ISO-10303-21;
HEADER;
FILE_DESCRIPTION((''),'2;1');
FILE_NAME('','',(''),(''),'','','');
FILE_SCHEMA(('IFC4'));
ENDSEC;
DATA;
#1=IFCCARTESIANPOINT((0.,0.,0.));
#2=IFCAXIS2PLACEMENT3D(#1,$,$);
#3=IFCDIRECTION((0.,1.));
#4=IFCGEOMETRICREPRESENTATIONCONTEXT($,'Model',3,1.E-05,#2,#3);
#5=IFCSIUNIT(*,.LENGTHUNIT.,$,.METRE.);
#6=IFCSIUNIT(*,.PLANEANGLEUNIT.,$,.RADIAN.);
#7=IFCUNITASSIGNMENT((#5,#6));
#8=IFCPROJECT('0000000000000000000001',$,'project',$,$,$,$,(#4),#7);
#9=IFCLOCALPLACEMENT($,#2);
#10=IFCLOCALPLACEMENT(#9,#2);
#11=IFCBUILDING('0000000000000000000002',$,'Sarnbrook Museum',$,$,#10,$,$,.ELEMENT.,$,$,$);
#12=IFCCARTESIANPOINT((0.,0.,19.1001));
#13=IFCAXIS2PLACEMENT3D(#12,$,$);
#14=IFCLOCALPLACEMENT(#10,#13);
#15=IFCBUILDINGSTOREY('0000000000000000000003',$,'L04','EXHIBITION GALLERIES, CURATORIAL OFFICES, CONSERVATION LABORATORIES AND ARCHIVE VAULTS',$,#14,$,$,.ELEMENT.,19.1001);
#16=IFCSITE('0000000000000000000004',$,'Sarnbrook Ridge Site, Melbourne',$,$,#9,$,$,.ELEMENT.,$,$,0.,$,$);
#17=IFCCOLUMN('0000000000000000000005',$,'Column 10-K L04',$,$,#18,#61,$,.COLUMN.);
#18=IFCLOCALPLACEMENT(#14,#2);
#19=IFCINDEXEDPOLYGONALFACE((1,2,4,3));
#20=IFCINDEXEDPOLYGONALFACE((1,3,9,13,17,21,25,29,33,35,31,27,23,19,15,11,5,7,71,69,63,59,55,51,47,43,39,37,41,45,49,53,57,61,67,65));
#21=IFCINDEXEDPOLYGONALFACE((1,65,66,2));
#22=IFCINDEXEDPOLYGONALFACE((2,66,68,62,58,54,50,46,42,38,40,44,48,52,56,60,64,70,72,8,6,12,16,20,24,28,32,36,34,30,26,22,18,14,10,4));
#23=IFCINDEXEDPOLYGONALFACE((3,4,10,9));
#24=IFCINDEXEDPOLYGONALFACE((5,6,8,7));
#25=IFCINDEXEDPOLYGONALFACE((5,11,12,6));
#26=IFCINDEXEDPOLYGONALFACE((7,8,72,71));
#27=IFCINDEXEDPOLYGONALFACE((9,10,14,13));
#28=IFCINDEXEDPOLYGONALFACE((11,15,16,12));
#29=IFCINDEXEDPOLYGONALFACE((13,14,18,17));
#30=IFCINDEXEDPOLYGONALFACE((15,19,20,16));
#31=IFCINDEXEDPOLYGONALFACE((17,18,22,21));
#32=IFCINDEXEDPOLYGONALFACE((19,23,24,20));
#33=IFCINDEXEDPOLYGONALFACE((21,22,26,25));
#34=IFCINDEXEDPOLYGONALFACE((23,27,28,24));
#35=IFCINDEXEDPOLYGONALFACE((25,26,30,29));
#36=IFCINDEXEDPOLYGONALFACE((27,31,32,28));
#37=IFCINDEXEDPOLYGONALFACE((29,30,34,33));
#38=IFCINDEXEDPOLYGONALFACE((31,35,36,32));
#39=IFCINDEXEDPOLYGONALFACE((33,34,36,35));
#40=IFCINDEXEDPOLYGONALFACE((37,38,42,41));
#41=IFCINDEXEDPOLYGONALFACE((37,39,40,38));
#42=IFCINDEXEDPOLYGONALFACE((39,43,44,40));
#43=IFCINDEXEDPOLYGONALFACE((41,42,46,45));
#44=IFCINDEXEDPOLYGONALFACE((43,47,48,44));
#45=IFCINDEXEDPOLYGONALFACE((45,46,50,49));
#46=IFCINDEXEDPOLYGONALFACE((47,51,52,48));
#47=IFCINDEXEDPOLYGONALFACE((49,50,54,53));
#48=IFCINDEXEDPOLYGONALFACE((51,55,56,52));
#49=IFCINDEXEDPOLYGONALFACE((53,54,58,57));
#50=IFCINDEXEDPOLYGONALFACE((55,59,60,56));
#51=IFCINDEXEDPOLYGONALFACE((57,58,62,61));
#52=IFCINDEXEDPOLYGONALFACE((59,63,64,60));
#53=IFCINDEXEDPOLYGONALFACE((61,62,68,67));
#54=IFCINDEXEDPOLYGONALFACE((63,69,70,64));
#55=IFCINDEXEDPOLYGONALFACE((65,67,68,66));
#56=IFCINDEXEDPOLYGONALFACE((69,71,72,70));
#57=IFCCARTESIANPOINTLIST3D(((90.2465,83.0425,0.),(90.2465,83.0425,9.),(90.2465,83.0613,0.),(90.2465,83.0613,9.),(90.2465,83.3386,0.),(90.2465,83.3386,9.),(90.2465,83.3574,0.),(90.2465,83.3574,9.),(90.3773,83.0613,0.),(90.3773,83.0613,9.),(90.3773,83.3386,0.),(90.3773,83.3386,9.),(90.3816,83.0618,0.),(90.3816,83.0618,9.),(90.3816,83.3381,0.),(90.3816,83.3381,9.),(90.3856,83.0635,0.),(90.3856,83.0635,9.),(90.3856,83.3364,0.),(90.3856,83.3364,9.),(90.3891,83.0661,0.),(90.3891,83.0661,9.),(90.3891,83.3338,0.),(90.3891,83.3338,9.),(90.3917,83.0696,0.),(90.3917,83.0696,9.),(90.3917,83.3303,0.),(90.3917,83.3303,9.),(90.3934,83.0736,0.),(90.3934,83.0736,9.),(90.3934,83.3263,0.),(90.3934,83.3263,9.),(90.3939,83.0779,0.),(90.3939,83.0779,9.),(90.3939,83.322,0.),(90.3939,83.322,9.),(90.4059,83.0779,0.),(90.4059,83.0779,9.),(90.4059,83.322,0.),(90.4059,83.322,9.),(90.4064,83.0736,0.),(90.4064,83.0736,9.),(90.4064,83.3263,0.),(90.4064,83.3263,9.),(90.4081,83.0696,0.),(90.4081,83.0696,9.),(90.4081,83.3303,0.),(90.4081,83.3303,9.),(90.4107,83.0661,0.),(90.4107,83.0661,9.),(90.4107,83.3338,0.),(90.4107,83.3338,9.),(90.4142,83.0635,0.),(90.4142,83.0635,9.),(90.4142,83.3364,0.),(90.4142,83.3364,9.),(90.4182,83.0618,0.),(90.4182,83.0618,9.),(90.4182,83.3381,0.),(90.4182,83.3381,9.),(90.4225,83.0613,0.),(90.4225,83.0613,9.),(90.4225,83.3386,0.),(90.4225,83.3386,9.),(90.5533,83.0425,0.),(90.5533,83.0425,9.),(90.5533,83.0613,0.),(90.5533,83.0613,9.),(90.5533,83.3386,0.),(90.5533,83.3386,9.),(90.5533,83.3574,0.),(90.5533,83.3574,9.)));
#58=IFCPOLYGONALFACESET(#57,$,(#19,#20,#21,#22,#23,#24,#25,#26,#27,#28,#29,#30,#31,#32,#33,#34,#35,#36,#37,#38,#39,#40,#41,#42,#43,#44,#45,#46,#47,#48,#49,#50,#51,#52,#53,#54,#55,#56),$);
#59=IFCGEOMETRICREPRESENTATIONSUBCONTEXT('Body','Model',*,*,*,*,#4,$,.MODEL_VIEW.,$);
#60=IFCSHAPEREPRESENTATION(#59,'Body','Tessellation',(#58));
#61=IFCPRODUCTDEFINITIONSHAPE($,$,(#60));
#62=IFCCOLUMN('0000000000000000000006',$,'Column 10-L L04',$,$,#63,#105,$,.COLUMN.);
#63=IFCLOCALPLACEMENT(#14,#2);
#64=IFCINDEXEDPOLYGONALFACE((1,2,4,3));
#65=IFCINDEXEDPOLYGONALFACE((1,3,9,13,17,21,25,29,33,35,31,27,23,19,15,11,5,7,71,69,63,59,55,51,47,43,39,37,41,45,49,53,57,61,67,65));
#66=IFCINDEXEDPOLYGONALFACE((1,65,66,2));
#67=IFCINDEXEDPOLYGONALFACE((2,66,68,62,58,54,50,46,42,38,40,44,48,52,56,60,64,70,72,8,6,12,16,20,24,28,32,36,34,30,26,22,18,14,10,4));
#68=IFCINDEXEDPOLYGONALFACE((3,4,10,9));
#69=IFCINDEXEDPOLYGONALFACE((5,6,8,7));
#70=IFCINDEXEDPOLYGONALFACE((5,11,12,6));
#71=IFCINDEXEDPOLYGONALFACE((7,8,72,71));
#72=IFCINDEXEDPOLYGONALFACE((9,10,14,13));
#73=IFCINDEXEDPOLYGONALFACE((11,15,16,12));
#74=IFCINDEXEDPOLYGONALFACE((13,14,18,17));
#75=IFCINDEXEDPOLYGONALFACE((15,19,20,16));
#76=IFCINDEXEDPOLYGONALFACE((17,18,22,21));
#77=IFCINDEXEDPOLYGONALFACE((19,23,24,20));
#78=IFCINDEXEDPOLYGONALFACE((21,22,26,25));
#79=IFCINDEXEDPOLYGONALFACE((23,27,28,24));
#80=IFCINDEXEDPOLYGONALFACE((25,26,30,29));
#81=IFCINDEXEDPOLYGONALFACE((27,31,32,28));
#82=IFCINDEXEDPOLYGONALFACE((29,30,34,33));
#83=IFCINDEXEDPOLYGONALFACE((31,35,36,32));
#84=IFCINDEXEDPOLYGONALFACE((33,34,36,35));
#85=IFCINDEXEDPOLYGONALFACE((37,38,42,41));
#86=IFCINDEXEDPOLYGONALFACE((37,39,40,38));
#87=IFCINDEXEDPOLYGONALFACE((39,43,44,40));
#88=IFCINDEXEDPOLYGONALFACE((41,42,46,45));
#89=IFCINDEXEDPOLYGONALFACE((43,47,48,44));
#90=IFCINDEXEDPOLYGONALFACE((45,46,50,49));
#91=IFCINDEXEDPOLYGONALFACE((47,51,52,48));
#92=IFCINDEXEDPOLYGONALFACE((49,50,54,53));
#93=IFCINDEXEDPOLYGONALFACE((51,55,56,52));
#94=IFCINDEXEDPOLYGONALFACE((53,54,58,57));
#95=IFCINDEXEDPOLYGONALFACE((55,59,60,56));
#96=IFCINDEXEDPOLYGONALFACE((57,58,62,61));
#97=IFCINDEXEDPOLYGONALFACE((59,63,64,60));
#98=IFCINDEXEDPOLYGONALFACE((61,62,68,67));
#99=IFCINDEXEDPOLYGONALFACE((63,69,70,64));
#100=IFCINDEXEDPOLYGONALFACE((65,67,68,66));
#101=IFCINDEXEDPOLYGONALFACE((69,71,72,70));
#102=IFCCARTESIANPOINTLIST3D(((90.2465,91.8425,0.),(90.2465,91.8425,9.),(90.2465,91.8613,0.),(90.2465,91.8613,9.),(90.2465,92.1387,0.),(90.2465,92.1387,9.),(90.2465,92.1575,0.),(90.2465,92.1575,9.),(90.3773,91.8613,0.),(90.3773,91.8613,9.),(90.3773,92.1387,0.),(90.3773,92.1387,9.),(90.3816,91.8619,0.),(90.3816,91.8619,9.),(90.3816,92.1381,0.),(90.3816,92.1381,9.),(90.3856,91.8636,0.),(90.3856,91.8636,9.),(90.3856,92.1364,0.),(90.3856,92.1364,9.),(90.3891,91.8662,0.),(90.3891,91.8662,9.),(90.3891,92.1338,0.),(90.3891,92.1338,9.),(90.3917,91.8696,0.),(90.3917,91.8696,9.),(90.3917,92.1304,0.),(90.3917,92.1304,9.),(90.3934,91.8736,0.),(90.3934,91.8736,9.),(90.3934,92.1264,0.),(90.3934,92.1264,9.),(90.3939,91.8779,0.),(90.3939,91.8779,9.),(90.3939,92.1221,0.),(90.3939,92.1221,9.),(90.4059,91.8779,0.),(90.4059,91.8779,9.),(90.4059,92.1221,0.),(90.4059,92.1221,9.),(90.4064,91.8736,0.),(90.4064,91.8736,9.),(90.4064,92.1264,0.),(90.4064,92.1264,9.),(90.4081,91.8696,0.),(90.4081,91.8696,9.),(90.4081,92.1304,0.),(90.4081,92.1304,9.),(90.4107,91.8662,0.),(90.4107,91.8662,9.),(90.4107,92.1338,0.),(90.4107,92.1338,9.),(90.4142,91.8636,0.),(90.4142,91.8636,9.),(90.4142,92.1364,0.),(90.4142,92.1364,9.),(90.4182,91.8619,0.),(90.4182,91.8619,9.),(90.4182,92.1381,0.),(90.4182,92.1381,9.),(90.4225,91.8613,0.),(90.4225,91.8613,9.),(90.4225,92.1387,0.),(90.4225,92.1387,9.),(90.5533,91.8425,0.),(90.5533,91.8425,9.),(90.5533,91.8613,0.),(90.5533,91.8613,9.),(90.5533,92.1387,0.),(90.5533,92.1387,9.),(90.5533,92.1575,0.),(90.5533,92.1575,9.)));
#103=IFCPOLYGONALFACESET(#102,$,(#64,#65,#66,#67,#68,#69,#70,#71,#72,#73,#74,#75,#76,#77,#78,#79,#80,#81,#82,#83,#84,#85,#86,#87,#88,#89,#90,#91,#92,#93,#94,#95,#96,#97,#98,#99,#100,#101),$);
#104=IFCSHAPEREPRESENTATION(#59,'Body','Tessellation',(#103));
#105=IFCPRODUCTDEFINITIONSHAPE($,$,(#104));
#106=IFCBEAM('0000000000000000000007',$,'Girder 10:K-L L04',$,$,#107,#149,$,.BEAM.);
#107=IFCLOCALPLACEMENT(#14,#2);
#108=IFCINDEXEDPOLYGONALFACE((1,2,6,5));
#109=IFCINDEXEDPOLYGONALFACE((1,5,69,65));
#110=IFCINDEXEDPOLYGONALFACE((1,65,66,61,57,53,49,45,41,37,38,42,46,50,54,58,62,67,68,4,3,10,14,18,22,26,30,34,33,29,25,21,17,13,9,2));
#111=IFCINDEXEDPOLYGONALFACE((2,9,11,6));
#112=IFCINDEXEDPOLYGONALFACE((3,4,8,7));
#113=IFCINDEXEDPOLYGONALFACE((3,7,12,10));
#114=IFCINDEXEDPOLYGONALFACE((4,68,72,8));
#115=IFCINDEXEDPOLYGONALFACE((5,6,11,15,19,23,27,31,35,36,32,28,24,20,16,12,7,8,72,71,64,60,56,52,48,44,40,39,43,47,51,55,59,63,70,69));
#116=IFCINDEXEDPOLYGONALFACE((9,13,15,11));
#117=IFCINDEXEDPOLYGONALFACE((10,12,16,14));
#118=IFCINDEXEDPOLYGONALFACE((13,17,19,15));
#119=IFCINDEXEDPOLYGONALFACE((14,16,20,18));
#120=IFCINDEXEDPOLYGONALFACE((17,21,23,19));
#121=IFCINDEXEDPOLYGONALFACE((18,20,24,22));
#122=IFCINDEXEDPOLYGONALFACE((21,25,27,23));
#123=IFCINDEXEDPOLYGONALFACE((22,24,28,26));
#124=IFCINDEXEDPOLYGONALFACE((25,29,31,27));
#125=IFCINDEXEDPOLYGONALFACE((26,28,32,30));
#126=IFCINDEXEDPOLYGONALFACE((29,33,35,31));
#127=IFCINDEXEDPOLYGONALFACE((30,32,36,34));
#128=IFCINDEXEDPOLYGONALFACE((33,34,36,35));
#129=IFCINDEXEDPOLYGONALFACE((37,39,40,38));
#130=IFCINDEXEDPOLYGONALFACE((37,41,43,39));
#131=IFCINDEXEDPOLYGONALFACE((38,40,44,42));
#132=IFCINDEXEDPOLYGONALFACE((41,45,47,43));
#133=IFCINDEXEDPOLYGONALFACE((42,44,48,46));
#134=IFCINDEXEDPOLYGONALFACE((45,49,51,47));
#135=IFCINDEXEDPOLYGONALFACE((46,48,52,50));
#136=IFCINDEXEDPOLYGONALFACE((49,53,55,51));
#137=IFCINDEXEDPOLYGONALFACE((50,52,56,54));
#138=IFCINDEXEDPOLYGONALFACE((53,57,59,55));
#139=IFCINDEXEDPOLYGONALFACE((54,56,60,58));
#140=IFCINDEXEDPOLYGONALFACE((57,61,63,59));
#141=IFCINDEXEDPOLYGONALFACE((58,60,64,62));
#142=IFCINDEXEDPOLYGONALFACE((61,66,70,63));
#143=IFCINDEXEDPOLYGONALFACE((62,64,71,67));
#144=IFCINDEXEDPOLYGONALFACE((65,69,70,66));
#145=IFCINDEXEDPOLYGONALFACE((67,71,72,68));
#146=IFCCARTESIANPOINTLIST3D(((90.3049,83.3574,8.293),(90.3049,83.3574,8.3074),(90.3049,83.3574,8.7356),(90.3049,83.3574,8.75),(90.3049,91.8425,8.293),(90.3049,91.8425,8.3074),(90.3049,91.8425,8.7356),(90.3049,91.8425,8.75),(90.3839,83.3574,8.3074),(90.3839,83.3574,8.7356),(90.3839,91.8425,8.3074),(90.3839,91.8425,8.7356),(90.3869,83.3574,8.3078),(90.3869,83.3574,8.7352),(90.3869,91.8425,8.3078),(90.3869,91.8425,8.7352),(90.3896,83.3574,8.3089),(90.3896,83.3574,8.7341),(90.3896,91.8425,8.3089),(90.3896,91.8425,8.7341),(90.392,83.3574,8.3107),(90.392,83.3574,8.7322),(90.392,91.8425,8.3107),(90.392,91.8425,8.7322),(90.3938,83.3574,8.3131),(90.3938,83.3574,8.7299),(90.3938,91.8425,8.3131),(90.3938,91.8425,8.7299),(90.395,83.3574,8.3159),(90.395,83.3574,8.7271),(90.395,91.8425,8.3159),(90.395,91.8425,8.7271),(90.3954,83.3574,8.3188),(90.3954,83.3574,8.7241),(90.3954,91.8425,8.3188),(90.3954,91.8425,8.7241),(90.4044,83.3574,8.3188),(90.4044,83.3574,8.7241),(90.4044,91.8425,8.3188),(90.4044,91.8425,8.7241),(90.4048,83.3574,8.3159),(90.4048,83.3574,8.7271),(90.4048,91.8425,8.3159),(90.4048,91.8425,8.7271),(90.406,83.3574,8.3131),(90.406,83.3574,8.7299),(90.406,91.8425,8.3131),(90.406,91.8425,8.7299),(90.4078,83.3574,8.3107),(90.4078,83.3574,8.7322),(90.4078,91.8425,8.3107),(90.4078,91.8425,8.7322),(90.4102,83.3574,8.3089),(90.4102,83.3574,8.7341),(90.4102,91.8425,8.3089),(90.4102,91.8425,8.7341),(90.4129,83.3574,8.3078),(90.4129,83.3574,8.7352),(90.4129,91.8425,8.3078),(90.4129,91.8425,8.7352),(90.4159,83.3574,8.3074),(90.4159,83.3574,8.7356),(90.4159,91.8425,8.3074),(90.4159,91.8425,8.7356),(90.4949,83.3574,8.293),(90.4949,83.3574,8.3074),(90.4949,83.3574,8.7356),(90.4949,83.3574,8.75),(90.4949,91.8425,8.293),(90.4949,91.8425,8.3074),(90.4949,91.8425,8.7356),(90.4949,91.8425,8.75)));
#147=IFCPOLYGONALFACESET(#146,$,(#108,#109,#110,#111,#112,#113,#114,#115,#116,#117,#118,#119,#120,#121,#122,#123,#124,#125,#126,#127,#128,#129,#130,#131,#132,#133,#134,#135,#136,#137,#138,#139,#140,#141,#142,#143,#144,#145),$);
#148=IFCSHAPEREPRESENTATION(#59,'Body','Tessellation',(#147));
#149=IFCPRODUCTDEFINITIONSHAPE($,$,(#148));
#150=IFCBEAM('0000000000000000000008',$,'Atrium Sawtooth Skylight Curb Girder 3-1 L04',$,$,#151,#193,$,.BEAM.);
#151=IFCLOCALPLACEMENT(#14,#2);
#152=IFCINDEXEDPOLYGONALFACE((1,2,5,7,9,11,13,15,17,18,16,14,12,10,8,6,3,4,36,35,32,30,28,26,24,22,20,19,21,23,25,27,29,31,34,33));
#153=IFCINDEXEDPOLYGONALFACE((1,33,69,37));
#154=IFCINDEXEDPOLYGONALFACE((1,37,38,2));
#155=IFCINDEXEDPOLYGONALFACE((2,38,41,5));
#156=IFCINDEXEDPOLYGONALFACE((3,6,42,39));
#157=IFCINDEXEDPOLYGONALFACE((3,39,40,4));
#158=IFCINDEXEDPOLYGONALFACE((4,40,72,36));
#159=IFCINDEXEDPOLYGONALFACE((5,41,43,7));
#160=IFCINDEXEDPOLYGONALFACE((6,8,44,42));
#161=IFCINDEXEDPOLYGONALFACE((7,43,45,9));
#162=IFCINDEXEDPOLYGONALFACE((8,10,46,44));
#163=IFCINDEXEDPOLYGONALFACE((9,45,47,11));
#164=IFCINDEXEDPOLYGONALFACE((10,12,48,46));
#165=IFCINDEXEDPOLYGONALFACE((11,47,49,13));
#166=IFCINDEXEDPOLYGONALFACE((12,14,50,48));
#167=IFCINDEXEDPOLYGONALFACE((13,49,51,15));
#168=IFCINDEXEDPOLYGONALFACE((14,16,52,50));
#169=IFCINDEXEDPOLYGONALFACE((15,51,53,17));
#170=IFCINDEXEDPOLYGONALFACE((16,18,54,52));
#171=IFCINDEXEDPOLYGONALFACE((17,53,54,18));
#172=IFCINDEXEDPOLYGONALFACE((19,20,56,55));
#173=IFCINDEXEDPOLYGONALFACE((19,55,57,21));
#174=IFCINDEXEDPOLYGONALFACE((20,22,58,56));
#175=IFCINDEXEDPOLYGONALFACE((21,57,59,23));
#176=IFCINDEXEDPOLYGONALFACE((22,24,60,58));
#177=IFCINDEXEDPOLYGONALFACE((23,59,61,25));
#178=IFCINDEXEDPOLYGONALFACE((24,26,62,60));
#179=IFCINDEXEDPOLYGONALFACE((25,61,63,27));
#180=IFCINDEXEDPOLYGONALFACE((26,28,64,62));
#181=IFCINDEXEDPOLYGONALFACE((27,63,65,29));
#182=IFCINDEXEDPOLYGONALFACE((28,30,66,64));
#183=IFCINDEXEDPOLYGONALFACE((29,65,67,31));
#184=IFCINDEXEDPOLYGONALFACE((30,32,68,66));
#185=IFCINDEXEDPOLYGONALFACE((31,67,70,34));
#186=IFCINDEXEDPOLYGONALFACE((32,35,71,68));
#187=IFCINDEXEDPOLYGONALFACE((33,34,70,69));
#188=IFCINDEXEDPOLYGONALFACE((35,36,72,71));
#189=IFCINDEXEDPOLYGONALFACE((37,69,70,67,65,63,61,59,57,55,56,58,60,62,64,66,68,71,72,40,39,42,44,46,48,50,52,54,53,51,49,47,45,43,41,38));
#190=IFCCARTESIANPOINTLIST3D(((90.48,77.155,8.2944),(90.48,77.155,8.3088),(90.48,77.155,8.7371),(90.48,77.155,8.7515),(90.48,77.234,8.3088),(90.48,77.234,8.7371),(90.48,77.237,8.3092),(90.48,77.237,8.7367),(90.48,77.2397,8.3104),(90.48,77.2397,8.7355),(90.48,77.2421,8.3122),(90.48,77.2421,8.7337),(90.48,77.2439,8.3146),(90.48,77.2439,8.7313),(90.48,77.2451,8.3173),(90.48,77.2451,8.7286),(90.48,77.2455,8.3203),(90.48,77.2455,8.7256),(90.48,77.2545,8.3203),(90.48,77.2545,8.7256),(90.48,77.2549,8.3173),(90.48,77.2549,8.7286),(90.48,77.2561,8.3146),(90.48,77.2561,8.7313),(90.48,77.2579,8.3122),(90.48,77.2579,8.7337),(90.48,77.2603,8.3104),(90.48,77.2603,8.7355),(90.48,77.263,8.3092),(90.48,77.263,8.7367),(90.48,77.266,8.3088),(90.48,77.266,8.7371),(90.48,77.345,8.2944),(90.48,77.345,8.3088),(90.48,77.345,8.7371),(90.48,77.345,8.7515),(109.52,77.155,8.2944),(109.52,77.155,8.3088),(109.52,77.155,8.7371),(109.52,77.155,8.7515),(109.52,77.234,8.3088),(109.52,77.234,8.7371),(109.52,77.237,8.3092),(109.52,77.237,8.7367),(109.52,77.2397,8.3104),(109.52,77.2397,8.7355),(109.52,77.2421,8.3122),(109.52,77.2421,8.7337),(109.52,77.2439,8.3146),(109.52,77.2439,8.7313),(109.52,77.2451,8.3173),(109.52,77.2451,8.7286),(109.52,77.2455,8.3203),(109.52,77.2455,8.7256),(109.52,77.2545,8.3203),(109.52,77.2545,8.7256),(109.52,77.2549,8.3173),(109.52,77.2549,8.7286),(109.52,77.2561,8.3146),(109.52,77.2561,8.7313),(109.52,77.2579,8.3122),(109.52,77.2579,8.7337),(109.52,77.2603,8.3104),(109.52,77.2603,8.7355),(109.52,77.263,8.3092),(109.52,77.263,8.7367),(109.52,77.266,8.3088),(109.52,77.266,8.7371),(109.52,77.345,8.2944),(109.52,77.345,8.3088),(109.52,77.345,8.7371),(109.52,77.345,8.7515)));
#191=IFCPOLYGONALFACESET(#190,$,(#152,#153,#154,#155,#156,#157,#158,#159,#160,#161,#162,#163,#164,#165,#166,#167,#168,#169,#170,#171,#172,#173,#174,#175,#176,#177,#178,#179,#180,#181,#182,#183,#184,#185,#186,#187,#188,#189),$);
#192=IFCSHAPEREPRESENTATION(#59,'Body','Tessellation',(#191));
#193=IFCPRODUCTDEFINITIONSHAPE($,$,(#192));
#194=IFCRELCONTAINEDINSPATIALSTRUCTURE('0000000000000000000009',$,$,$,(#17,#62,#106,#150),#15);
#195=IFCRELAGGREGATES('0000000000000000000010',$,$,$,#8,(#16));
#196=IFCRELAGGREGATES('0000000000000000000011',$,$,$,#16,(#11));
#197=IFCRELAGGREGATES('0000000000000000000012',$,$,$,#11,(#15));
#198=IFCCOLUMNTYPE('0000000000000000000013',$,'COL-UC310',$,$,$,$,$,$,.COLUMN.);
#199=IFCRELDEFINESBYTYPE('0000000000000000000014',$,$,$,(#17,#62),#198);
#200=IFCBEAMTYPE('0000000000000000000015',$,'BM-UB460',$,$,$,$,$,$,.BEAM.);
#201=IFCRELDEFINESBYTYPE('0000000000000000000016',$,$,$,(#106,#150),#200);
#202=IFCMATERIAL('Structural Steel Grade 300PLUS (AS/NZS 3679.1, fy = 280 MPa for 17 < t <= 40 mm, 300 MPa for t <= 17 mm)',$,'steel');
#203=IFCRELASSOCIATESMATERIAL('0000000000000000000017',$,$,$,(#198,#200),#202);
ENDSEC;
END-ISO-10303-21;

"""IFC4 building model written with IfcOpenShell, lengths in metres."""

from ifc_helpers import new_model, si_unit, direction, frame, origin, origin_2d, place, context, subcontext, project, spatial, i_section, extrude, material, material_profile, profile_set, type_object, element, save


model = new_model("IFC4")

# Units and contexts
model_context = context("Model", 3, precision=1e-05, world=origin(), true_north=direction((0.0, 1.0)))
body_context = subcontext(model_context, "Body", "Model", "MODEL_VIEW")
ifc_project = project(units=[si_unit("LENGTHUNIT", "METRE"), si_unit("PLANEANGLEUNIT", "RADIAN")], contexts=[model_context])

# Site, building, storey
site_placement = place(None, origin())
site = spatial("IfcSite", under=ifc_project, at=site_placement, Name="Sarnbrook Ridge Site, Melbourne", CompositionType="ELEMENT", RefElevation=0.0)
building_placement = place(site_placement, origin())
building = spatial("IfcBuilding", under=site, at=building_placement, Name="Sarnbrook Museum", CompositionType="ELEMENT")
storey_placement = place(building_placement, frame((0.0, 0.0, 19.1001)))
storey = spatial("IfcBuildingStorey", under=building, at=storey_placement, Name="L04", Description="EXHIBITION GALLERIES, CURATORIAL OFFICES, CONSERVATION LABORATORIES AND ARCHIVE VAULTS", CompositionType="ELEMENT", Elevation=19.1001)

# Columns
ifc_material_1 = material(Name="Structural Steel Grade 300PLUS (AS/NZS 3679.1, fy = 280 MPa for 17 < t <= 40 mm, 300 MPa for t <= 17 mm)", Category="steel")
ifc_material_profile_1 = material_profile(ifc_material_1, i_section(OverallWidth=0.3069, OverallDepth=0.3149, WebThickness=0.012, FlangeThickness=0.0188, FilletRadius=0.0166, at=origin_2d()), Name="310UC118")
ifc_profile_set_1 = profile_set([ifc_material_profile_1], Name="Structural Steel Grade 300PLUS (AS/NZS 3679.1, fy = 280 MPa for 17 < t <= 40 mm, 300 MPa for t <= 17 mm)")
column_type = type_object("IfcColumnType", Name="COL-UC310", PredefinedType="COLUMN", material=ifc_profile_set_1)
for number, where, z_axis, x_axis, name in (
    (1, (90.3999, 83.2, 0.0), (0.0, 0.0, 1.0), (1.0, 0.0, 0.0), "Column 10-K L04"),
    (2, (90.3999, 92.0, 0.0), (0.0, 0.0, 1.0), (1.0, 0.0, 0.0), "Column 10-L L04"),
):
    element("IfcColumn", number, at=place(storey_placement, frame(where, z_axis=z_axis, x_axis=x_axis)), inside=storey, type_object=column_type, Name=name, PredefinedType="COLUMN", context=body_context, shape_type="SweptSolid", body=[
        extrude(i_section(OverallWidth=0.3069, OverallDepth=0.3149, WebThickness=0.012, FlangeThickness=0.0188, FilletRadius=0.0166, at=origin_2d()), origin(), (0.0, 0.0, 1.0), 9.0),
    ])

# Beams
ifc_material_profile_2 = material_profile(ifc_material_1, i_section(OverallWidth=0.1899, OverallDepth=0.457, WebThickness=0.009, FlangeThickness=0.0144, FilletRadius=0.0115, at=origin_2d()), Name="460UB74.6")
ifc_profile_set_2 = profile_set([ifc_material_profile_2], Name="Structural Steel Grade 300PLUS (AS/NZS 3679.1, fy = 280 MPa for 17 < t <= 40 mm, 300 MPa for t <= 17 mm)")
beam_type_1 = type_object("IfcBeamType", Name="BM-UB460", PredefinedType="BEAM", material=ifc_profile_set_2)
beam_1_placement = place(storey_placement, frame((90.3999, 83.3574, 8.5215), z_axis=(0.0, 1.0, 0.0), x_axis=(-1.0, 0.0, 0.0)))
element("IfcBeam", 3, at=beam_1_placement, inside=storey, type_object=beam_type_1, Name="Girder 10:K-L L04", PredefinedType="BEAM", context=body_context, shape_type="SweptSolid", body=[
    extrude(i_section(OverallWidth=0.1899, OverallDepth=0.457, WebThickness=0.009, FlangeThickness=0.0144, FilletRadius=0.0115, at=origin_2d()), origin(), (0.0, 0.0, 1.0), 8.4851),
])
for number, where, z_axis, x_axis, name in (
    (4, (90.48, 77.25, 8.5229), (1.0, 0.0, 0.0), (0.0, 1.0, 0.0), "Atrium Sawtooth Skylight Curb Girder 3-1 L04"),
):
    element("IfcBeam", number, at=place(storey_placement, frame(where, z_axis=z_axis, x_axis=x_axis)), inside=storey, type_object=beam_type_1, Name=name, PredefinedType="BEAM", context=body_context, shape_type="SweptSolid", body=[
        extrude(i_section(OverallWidth=0.1899, OverallDepth=0.457, WebThickness=0.009, FlangeThickness=0.0144, FilletRadius=0.0115, at=origin_2d()), origin(), (0.0, 0.0, 1.0), 19.04),
    ])

save(model, "model.ifc")
